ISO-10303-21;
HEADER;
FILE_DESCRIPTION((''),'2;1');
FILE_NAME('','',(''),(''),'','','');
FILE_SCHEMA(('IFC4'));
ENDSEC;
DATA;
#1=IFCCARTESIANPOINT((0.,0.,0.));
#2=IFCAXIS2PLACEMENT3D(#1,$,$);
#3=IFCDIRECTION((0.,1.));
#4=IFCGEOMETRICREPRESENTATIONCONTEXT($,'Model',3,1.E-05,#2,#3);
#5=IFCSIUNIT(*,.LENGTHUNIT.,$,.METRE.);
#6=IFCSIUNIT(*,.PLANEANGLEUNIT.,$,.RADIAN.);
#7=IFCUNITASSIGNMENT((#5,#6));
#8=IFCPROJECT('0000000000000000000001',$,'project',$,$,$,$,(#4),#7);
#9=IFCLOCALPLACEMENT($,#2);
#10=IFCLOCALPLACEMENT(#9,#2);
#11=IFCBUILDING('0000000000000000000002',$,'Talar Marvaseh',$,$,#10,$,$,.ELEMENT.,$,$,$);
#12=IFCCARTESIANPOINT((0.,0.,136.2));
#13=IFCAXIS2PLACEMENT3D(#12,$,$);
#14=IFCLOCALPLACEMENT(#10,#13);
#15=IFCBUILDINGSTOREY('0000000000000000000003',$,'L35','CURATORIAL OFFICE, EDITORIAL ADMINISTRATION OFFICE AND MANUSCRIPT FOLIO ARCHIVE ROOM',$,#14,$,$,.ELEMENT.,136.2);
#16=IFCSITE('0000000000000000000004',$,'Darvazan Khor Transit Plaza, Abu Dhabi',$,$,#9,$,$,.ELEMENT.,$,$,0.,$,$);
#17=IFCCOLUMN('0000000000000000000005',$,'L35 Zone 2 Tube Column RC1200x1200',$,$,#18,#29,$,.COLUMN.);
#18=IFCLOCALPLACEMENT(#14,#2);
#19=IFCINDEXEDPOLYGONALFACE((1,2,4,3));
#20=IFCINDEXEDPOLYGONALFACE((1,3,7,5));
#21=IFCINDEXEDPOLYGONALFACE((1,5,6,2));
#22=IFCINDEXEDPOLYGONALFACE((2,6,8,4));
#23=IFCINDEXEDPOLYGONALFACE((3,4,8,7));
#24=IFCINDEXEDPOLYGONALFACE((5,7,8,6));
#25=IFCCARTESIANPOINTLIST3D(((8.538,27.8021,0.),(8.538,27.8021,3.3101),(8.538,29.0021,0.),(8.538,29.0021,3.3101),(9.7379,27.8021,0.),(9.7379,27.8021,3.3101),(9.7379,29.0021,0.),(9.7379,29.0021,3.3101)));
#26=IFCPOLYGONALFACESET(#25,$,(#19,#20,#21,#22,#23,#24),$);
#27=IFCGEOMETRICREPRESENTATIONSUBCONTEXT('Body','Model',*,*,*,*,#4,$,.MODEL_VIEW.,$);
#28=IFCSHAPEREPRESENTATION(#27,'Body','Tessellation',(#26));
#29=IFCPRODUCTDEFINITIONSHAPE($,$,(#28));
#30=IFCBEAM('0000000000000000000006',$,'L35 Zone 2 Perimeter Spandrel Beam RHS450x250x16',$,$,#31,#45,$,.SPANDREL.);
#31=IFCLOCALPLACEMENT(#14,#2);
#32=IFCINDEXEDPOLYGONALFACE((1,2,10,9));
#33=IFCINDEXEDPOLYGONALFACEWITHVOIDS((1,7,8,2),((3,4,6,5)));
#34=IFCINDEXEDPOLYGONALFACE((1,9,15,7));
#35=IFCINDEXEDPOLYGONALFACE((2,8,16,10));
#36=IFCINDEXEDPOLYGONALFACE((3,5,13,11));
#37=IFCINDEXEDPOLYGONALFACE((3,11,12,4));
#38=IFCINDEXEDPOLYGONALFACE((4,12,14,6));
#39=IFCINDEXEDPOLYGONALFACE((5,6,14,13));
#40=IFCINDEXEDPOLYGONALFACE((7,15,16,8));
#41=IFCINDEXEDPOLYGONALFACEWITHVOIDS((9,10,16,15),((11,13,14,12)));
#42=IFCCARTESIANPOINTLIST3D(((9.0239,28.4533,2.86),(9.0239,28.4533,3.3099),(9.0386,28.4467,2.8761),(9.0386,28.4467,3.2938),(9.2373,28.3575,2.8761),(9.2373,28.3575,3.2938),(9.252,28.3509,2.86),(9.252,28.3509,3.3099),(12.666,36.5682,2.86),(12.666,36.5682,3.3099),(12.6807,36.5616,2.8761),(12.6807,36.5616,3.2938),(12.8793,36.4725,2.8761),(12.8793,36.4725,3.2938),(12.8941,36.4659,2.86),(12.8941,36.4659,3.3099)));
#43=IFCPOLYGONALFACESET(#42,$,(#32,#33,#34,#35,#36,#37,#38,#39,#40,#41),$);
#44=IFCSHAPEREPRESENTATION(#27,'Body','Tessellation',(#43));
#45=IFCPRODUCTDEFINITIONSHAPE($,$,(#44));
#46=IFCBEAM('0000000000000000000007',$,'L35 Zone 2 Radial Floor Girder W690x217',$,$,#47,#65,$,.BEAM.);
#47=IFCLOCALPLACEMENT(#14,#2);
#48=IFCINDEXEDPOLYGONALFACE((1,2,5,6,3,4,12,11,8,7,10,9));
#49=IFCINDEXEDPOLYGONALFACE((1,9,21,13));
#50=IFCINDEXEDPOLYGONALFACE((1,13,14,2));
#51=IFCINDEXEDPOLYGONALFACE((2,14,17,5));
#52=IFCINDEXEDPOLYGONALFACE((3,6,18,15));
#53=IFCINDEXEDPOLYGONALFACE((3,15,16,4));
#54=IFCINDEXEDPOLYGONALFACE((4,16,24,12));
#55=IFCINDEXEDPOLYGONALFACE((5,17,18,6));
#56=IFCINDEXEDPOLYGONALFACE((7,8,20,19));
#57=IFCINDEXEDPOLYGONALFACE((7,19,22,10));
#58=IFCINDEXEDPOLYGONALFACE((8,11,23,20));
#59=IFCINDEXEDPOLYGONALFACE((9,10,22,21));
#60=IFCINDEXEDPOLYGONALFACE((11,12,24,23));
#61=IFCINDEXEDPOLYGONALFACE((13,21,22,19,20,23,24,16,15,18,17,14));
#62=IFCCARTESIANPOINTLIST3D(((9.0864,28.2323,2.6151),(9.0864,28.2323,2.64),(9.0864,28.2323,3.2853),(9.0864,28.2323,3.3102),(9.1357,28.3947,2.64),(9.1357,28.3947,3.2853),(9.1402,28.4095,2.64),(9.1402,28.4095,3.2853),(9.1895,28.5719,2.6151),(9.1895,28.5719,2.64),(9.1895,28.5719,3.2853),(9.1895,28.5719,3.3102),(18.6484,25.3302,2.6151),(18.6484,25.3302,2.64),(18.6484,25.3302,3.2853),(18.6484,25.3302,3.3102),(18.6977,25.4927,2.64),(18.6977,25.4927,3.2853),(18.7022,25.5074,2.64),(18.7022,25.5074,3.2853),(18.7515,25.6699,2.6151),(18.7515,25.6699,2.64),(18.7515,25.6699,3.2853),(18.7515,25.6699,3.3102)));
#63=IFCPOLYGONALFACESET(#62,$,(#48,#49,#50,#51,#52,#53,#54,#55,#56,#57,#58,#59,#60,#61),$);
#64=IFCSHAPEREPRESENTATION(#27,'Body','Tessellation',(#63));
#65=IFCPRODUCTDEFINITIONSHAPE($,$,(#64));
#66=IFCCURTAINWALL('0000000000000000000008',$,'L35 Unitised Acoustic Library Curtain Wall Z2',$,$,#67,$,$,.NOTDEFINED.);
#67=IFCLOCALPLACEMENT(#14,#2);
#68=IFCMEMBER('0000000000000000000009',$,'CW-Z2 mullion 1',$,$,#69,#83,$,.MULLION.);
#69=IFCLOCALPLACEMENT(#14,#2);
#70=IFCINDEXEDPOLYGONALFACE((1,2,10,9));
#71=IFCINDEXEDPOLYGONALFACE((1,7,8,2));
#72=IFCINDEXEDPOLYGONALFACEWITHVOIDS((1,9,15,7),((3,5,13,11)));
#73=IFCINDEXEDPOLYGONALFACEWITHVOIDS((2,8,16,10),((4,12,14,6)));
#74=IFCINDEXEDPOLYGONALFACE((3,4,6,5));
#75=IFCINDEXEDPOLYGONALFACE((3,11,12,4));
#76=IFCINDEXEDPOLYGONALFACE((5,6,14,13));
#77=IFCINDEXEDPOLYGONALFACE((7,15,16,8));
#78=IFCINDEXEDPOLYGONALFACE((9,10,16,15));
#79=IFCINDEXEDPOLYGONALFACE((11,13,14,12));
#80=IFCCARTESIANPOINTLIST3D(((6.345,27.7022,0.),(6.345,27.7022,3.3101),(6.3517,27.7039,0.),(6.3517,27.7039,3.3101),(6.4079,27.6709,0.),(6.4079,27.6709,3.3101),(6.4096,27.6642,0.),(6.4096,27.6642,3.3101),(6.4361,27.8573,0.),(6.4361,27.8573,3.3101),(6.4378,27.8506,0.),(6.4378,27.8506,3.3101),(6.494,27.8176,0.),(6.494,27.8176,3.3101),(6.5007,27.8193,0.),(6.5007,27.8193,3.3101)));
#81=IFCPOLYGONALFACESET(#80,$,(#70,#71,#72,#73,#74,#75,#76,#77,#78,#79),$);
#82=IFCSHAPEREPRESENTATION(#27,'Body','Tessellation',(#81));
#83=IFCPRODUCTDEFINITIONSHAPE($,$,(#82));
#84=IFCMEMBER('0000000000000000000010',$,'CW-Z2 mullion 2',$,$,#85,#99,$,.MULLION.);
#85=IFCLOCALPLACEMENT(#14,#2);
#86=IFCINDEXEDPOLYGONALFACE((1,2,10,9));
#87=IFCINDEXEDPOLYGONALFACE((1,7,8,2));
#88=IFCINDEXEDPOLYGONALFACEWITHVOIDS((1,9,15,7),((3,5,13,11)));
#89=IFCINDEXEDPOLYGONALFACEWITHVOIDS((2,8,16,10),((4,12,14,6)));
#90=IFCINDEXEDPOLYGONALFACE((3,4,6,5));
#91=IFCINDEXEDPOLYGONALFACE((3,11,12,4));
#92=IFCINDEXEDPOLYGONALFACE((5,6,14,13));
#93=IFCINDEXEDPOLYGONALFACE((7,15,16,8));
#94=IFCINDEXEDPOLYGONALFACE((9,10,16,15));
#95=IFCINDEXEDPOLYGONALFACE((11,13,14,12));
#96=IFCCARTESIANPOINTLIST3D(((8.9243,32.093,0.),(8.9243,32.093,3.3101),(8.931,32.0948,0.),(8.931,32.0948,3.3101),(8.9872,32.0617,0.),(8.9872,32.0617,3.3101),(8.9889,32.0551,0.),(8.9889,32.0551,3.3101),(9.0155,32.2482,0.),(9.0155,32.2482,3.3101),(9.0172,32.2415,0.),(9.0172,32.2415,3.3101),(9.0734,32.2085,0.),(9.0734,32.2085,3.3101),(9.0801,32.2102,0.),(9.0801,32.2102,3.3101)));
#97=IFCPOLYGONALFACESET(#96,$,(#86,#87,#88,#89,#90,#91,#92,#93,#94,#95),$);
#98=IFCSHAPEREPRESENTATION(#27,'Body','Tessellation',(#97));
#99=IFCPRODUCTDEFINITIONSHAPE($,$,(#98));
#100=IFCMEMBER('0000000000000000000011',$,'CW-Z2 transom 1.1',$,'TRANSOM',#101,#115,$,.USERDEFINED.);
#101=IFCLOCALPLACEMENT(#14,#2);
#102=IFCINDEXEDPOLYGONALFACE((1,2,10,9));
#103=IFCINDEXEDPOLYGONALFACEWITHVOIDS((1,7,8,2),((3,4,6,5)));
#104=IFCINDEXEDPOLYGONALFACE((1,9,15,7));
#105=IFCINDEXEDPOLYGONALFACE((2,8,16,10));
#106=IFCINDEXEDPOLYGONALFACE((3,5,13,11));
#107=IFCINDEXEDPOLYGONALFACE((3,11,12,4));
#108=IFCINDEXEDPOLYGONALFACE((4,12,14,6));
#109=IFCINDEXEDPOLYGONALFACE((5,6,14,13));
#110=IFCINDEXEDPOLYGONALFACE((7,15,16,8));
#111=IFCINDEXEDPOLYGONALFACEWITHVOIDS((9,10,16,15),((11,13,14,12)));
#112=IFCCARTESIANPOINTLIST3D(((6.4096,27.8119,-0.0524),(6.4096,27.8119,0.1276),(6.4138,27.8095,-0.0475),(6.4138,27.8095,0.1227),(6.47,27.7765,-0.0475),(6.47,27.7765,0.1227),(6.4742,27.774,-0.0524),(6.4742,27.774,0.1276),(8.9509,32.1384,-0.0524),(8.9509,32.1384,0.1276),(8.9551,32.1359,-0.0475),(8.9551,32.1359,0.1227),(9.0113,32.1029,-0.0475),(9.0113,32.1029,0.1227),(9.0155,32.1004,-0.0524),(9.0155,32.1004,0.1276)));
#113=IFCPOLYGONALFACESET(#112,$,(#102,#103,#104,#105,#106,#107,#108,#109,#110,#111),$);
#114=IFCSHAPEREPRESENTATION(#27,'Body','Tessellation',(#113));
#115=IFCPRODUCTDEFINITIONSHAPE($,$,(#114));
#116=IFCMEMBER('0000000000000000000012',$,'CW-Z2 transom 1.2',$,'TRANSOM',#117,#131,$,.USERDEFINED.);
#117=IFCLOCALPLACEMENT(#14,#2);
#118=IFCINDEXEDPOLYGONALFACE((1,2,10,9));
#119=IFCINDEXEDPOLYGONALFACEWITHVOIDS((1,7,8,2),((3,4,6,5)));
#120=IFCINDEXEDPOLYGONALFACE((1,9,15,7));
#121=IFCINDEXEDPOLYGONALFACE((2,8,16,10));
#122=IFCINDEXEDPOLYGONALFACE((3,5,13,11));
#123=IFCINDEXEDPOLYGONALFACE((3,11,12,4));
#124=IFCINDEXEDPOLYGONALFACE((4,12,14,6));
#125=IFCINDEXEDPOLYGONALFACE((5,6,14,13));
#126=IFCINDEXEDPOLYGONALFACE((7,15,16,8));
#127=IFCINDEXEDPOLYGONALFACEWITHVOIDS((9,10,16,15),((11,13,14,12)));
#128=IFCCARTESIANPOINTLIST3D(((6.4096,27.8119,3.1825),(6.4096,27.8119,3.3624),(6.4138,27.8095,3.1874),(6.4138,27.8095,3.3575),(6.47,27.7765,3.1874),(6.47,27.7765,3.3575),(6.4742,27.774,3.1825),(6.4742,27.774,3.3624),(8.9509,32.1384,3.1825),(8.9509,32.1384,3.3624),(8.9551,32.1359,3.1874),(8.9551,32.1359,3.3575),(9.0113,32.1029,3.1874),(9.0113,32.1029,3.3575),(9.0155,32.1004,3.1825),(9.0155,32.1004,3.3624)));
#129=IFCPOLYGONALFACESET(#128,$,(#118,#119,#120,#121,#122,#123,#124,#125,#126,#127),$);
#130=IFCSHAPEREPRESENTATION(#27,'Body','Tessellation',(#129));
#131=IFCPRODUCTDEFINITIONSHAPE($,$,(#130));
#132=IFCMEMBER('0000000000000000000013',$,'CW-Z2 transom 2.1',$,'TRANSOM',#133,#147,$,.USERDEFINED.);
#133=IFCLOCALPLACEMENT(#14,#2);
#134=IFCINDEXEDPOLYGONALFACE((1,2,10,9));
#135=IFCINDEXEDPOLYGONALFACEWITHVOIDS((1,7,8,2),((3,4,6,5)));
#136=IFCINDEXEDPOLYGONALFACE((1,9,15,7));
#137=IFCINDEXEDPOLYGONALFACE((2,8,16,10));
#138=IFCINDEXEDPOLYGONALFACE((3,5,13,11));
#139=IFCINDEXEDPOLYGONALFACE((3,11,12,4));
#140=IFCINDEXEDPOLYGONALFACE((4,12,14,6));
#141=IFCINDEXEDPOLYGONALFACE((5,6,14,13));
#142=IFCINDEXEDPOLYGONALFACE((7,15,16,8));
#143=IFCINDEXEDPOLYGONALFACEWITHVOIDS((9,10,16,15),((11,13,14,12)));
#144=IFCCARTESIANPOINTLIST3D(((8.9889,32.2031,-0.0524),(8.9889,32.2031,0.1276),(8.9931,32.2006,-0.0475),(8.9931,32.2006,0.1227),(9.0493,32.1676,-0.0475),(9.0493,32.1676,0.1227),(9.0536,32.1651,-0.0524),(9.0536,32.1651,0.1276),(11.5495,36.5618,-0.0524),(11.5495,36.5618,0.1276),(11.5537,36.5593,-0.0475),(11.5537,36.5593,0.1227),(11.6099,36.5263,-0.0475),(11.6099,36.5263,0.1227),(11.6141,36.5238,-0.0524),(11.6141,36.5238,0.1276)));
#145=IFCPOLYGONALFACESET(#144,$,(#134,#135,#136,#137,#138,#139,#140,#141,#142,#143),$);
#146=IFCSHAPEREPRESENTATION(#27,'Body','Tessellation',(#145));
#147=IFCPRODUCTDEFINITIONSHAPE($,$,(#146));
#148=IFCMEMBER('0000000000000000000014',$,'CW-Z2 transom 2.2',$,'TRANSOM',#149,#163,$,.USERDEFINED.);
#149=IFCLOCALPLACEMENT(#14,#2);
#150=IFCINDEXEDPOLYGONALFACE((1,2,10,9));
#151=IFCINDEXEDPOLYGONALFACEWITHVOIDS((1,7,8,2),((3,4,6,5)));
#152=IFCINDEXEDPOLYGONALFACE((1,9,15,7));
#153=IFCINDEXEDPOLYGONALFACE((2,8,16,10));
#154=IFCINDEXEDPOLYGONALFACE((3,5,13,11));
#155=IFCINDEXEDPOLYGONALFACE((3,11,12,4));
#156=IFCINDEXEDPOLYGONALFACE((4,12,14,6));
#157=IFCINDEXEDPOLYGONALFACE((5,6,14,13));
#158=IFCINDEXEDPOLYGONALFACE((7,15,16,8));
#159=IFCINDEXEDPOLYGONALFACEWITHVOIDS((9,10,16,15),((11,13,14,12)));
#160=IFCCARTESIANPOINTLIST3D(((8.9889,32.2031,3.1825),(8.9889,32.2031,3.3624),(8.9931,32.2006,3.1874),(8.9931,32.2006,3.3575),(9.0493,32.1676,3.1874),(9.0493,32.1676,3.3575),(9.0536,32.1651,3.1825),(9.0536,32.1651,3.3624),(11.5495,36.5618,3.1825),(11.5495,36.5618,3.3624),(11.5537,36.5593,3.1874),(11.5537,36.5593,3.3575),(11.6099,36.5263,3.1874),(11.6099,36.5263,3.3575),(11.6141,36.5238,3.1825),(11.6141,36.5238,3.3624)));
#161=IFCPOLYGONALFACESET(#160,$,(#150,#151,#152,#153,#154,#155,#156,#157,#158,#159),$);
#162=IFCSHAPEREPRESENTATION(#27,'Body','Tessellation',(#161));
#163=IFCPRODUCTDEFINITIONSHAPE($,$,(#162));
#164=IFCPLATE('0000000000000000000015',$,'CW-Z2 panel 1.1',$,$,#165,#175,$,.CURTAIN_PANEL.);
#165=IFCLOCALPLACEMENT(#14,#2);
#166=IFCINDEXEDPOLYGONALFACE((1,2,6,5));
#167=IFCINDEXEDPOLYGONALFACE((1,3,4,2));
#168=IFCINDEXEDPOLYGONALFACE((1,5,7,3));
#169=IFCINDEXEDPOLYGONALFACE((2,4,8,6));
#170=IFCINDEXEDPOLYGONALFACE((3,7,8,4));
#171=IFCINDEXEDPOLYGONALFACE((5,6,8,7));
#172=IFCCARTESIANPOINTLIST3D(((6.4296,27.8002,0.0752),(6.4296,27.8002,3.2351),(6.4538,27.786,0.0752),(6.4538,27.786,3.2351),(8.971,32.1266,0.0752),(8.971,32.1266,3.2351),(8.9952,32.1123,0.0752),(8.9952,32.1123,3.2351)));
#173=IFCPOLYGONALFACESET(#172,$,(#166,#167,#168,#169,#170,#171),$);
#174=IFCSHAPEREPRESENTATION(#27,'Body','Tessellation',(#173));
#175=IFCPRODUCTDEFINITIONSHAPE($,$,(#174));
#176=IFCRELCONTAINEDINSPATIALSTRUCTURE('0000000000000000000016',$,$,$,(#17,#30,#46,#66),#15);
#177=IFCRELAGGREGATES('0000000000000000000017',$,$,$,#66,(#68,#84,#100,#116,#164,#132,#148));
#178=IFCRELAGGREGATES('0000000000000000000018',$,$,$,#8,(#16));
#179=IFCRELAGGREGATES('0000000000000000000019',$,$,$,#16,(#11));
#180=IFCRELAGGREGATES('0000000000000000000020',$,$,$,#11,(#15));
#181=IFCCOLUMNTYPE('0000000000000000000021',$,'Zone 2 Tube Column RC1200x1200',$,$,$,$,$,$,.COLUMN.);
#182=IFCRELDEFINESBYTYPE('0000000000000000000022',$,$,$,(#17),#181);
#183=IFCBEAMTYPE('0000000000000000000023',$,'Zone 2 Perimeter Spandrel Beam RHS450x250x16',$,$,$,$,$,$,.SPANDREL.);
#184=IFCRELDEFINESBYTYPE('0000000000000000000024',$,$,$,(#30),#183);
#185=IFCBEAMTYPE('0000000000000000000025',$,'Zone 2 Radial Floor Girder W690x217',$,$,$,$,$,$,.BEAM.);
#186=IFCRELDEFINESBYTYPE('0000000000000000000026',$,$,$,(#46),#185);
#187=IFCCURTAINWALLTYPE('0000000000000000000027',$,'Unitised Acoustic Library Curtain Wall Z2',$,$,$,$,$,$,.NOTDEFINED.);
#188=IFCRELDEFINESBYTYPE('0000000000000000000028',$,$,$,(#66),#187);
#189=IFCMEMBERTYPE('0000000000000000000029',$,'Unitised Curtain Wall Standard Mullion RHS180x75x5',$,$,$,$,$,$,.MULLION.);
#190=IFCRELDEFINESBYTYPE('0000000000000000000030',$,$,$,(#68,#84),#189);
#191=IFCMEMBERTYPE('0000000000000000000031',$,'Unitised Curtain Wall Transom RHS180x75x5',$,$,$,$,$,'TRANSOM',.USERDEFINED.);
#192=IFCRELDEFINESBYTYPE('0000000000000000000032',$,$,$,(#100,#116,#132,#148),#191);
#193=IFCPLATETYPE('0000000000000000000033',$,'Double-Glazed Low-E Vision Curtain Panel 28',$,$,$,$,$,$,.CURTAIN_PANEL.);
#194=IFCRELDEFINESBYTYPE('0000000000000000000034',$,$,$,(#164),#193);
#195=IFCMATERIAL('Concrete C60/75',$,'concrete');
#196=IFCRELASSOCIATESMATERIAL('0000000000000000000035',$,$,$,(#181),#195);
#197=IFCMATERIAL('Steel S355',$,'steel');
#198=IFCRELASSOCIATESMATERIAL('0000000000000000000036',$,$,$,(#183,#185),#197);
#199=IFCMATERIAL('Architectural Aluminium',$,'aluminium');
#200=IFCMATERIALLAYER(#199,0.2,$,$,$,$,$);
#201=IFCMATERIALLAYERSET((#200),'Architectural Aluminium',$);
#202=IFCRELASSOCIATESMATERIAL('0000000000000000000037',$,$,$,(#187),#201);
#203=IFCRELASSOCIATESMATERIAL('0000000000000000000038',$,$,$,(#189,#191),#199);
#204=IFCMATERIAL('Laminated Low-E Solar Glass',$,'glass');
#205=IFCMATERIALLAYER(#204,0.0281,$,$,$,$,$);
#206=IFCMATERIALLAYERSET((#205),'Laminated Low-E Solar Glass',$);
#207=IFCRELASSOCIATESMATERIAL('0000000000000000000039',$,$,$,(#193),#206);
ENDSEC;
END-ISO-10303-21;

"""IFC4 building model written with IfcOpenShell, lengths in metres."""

from ifc_helpers import new_model, si_unit, direction, frame, origin, origin_2d, place, context, subcontext, project, spatial, rectangle, hollow_rectangle, i_section, extrude, source, transform, mapped, material, layer, layer_set, material_profile, profile_set, type_object, type_shapes, element, aggregate, save


model = new_model("IFC4")

# Units and contexts
model_context = context("Model", 3, precision=1e-05, world=origin(), true_north=direction((0.0, 1.0)))
body_context = subcontext(model_context, "Body", "Model", "MODEL_VIEW")
ifc_project = project(units=[si_unit("LENGTHUNIT", "METRE"), si_unit("PLANEANGLEUNIT", "RADIAN")], contexts=[model_context])

# Site, building, storey
site_placement = place(None, origin())
site = spatial("IfcSite", under=ifc_project, at=site_placement, Name="Darvazan Khor Transit Plaza, Abu Dhabi", CompositionType="ELEMENT", RefElevation=0.0)
building_placement = place(site_placement, origin())
building = spatial("IfcBuilding", under=site, at=building_placement, Name="Talar Marvaseh", CompositionType="ELEMENT")
storey_placement = place(building_placement, frame((0.0, 0.0, 136.2)))
storey = spatial("IfcBuildingStorey", under=building, at=storey_placement, Name="L35", Description="CURATORIAL OFFICE, EDITORIAL ADMINISTRATION OFFICE AND MANUSCRIPT FOLIO ARCHIVE ROOM", CompositionType="ELEMENT", Elevation=136.2)

# Column
ifc_material_1 = material(Name="Concrete C60/75", Category="concrete")
ifc_material_profile_1 = material_profile(ifc_material_1, rectangle(XDim=1.2, YDim=1.2, at=origin_2d()), Name="RC1200x1200")
ifc_profile_set_1 = profile_set([ifc_material_profile_1], Name="Concrete C60/75")
column_type = type_object("IfcColumnType", Name="Zone 2 Tube Column RC1200x1200", PredefinedType="COLUMN", material=ifc_profile_set_1)
column_placement = place(storey_placement, frame((9.1379, 28.4021, 0.0), z_axis=(0.0, 0.0, 1.0), x_axis=(1.0, 0.0, 0.0)))
element("IfcColumn", 1, at=column_placement, inside=storey, type_object=column_type, Name="L35 Zone 2 Tube Column RC1200x1200", PredefinedType="COLUMN", context=body_context, shape_type="SweptSolid", body=[
    extrude(rectangle(XDim=1.2, YDim=1.2, at=origin_2d()), origin(), (0.0, 0.0, 1.0), 3.3101),
])

# Beams
ifc_material_2 = material(Name="Steel S355", Category="steel")
ifc_material_profile_2 = material_profile(ifc_material_2, hollow_rectangle(XDim=0.25, YDim=0.45, WallThickness=0.0161, at=origin_2d()), Name="RHS450x250x16")
ifc_profile_set_2 = profile_set([ifc_material_profile_2], Name="Steel S355")
beam_type_1 = type_object("IfcBeamType", Name="Zone 2 Perimeter Spandrel Beam RHS450x250x16", PredefinedType="SPANDREL", material=ifc_profile_set_2)
beam_1_placement = place(storey_placement, frame((9.1379, 28.4021, 3.085), z_axis=(0.409462, 0.912327, 0.0), x_axis=(-0.912327, 0.409462, 0.0)))
element("IfcBeam", 2, at=beam_1_placement, inside=storey, type_object=beam_type_1, Name="L35 Zone 2 Perimeter Spandrel Beam RHS450x250x16", PredefinedType="SPANDREL", context=body_context, shape_type="SweptSolid", body=[
    extrude(hollow_rectangle(XDim=0.25, YDim=0.45, WallThickness=0.0161, at=origin_2d()), origin(), (0.0, 0.0, 1.0), 8.8948),
])
ifc_material_profile_3 = material_profile(ifc_material_2, i_section(OverallWidth=0.355, OverallDepth=0.6951, WebThickness=0.0154, FlangeThickness=0.0249, at=origin_2d()), Name="W690x217")
ifc_profile_set_3 = profile_set([ifc_material_profile_3], Name="Steel S355")
beam_type_2 = type_object("IfcBeamType", Name="Zone 2 Radial Floor Girder W690x217", PredefinedType="BEAM", material=ifc_profile_set_3)
beam_2_placement = place(storey_placement, frame((9.1379, 28.4021, 2.9626), z_axis=(0.956899, -0.290422, 0.0), x_axis=(0.290422, 0.956899, 0.0)))
element("IfcBeam", 3, at=beam_2_placement, inside=storey, type_object=beam_type_2, Name="L35 Zone 2 Radial Floor Girder W690x217", PredefinedType="BEAM", context=body_context, shape_type="SweptSolid", body=[
    extrude(i_section(OverallWidth=0.355, OverallDepth=0.6951, WebThickness=0.0154, FlangeThickness=0.0249, at=origin_2d()), origin(), (0.0, 0.0, 1.0), 9.9927),
])

# Curtain wall, members, plate
ifc_material_3 = material(Name="Architectural Aluminium", Category="aluminium")
ifc_layer_1 = layer(ifc_material_3, 0.2)
ifc_layer_set_1 = layer_set([ifc_layer_1], Name="Architectural Aluminium")
curtain_wall_type = type_object("IfcCurtainWallType", Name="Unitised Acoustic Library Curtain Wall Z2", PredefinedType="NOTDEFINED", material=ifc_layer_set_1)
curtain_wall_placement = place(storey_placement, origin())
curtain_wall = element("IfcCurtainWall", 4, at=curtain_wall_placement, inside=storey, type_object=curtain_wall_type, Name="L35 Unitised Acoustic Library Curtain Wall Z2", PredefinedType="NOTDEFINED")
ifc_material_profile_4 = material_profile(ifc_material_3, hollow_rectangle(XDim=0.075, YDim=0.1799, WallThickness=0.0049, at=origin_2d()), Name="RHS180x75x5")
ifc_profile_set_4 = profile_set([ifc_material_profile_4], Name="Architectural Aluminium")
member_type_1 = type_object("IfcMemberType", Name="Unitised Curtain Wall Standard Mullion RHS180x75x5", PredefinedType="MULLION", material=ifc_profile_set_4)
shared_shape_1 = source(origin(), body_context, "Body", "SweptSolid", [
    extrude(hollow_rectangle(XDim=0.075, YDim=0.1799, WallThickness=0.0049, at=origin_2d()), origin(), (0.0, 0.0, 1.0), 3.3101),
])
type_shapes(member_type_1, [shared_shape_1])
member_1_placement = place(storey_placement, frame((6.4229, 27.7607, 0.0), z_axis=(0.0, 0.0, 1.0), x_axis=(-0.862233, 0.506512, 0.0)))
member_1 = element("IfcMember", 5, at=member_1_placement, type_object=member_type_1, Name="CW-Z2 mullion 1", PredefinedType="MULLION", context=body_context, shape_type="MappedRepresentation", body=[
    mapped(shared_shape_1, transform((0.0, 0.0, 0.0), x_axis=(1.0, 0.0, 0.0), y_axis=(0.0, 1.0, 0.0), z_axis=(0.0, 0.0, 1.0), scale=1.0)),
])
member_2_placement = place(storey_placement, frame((9.0022, 32.1516, 0.0), z_axis=(0.0, 0.0, 1.0), x_axis=(-0.862233, 0.506512, 0.0)))
member_2 = element("IfcMember", 6, at=member_2_placement, type_object=member_type_1, Name="CW-Z2 mullion 2", PredefinedType="MULLION", context=body_context, shape_type="MappedRepresentation", body=[
    mapped(shared_shape_1, transform((0.0, 0.0, 0.0), x_axis=(1.0, 0.0, 0.0), y_axis=(0.0, 1.0, 0.0), z_axis=(0.0, 0.0, 1.0), scale=1.0)),
])
ifc_material_profile_5 = material_profile(ifc_material_3, hollow_rectangle(XDim=0.075, YDim=0.1799, WallThickness=0.0049, at=origin_2d()), Name="RHS180x75x5")
ifc_profile_set_5 = profile_set([ifc_material_profile_5], Name="Architectural Aluminium")
member_type_2 = type_object("IfcMemberType", Name="Unitised Curtain Wall Transom RHS180x75x5", ElementType="TRANSOM", PredefinedType="USERDEFINED", material=ifc_profile_set_5)
shared_shape_2 = source(origin(), body_context, "Body", "SweptSolid", [
    extrude(hollow_rectangle(XDim=0.075, YDim=0.1799, WallThickness=0.0049, at=origin_2d()), origin(), (0.0, 0.0, 1.0), 5.0176),
])
member_3_placement = place(storey_placement, frame((6.4419, 27.793, 0.0376), z_axis=(0.506474, 0.862256, 0.0), x_axis=(-0.862256, 0.506474, 0.0)))
member_3 = element("IfcMember", 7, at=member_3_placement, type_object=member_type_2, Name="CW-Z2 transom 1.1", ObjectType="TRANSOM", PredefinedType="USERDEFINED", context=body_context, shape_type="MappedRepresentation", body=[
    mapped(shared_shape_2, transform((0.0, 0.0, 0.0), x_axis=(1.0, 0.0, 0.0), y_axis=(0.0, 1.0, 0.0), z_axis=(0.0, 0.0, 1.0), scale=1.0)),
])
member_4_placement = place(storey_placement, frame((6.4419, 27.793, 3.2725), z_axis=(0.506474, 0.862256, 0.0), x_axis=(-0.862256, 0.506474, 0.0)))
member_4 = element("IfcMember", 8, at=member_4_placement, type_object=member_type_2, Name="CW-Z2 transom 1.2", ObjectType="TRANSOM", PredefinedType="USERDEFINED", context=body_context, shape_type="MappedRepresentation", body=[
    mapped(shared_shape_2, transform((0.0, 0.0, 0.0), x_axis=(1.0, 0.0, 0.0), y_axis=(0.0, 1.0, 0.0), z_axis=(0.0, 0.0, 1.0), scale=1.0)),
])
shared_shape_3 = source(origin(), body_context, "Body", "SweptSolid", [
    extrude(hollow_rectangle(XDim=0.075, YDim=0.1799, WallThickness=0.0049, at=origin_2d()), origin(), (0.0, 0.0, 1.0), 5.0552),
])
type_shapes(member_type_2, [shared_shape_2, shared_shape_3])
member_5_placement = place(storey_placement, frame((9.0212, 32.1841, 0.0376), z_axis=(0.506526, 0.862225, 0.0), x_axis=(-0.862225, 0.506526, 0.0)))
member_5 = element("IfcMember", 9, at=member_5_placement, type_object=member_type_2, Name="CW-Z2 transom 2.1", ObjectType="TRANSOM", PredefinedType="USERDEFINED", context=body_context, shape_type="MappedRepresentation", body=[
    mapped(shared_shape_3, transform((0.0, 0.0, 0.0), x_axis=(1.0, 0.0, 0.0), y_axis=(0.0, 1.0, 0.0), z_axis=(0.0, 0.0, 1.0), scale=1.0)),
])
member_6_placement = place(storey_placement, frame((9.0212, 32.1841, 3.2725), z_axis=(0.506526, 0.862225, 0.0), x_axis=(-0.862225, 0.506526, 0.0)))
member_6 = element("IfcMember", 10, at=member_6_placement, type_object=member_type_2, Name="CW-Z2 transom 2.2", ObjectType="TRANSOM", PredefinedType="USERDEFINED", context=body_context, shape_type="MappedRepresentation", body=[
    mapped(shared_shape_3, transform((0.0, 0.0, 0.0), x_axis=(1.0, 0.0, 0.0), y_axis=(0.0, 1.0, 0.0), z_axis=(0.0, 0.0, 1.0), scale=1.0)),
])
ifc_material_4 = material(Name="Laminated Low-E Solar Glass", Category="glass")
ifc_layer_2 = layer(ifc_material_4, 0.0281)
ifc_layer_set_2 = layer_set([ifc_layer_2], Name="Laminated Low-E Solar Glass")
plate_type = type_object("IfcPlateType", Name="Double-Glazed Low-E Vision Curtain Panel 28", PredefinedType="CURTAIN_PANEL", material=ifc_layer_set_2)
shared_shape_4 = source(origin(), body_context, "Body", "SweptSolid", [
    extrude(rectangle(XDim=5.0176, YDim=0.0281, at=origin_2d()), origin(), (0.0, 0.0, 1.0), 3.1599),
])
type_shapes(plate_type, [shared_shape_4])
plate_placement = place(storey_placement, frame((7.7124, 29.9563, 0.0752), z_axis=(0.0, 0.0, 1.0), x_axis=(0.506512, 0.862233, 0.0)))
plate = element("IfcPlate", 11, at=plate_placement, type_object=plate_type, Name="CW-Z2 panel 1.1", PredefinedType="CURTAIN_PANEL", context=body_context, shape_type="MappedRepresentation", body=[
    mapped(shared_shape_4, transform((0.0, 0.0, 0.0), x_axis=(1.0, 0.0, 0.0), y_axis=(0.0, 1.0, 0.0), z_axis=(0.0, 0.0, 1.0), scale=1.0)),
])
aggregate(curtain_wall, [member_1, member_2, member_3, member_4, plate, member_5, member_6])

save(model, "model.ifc")
